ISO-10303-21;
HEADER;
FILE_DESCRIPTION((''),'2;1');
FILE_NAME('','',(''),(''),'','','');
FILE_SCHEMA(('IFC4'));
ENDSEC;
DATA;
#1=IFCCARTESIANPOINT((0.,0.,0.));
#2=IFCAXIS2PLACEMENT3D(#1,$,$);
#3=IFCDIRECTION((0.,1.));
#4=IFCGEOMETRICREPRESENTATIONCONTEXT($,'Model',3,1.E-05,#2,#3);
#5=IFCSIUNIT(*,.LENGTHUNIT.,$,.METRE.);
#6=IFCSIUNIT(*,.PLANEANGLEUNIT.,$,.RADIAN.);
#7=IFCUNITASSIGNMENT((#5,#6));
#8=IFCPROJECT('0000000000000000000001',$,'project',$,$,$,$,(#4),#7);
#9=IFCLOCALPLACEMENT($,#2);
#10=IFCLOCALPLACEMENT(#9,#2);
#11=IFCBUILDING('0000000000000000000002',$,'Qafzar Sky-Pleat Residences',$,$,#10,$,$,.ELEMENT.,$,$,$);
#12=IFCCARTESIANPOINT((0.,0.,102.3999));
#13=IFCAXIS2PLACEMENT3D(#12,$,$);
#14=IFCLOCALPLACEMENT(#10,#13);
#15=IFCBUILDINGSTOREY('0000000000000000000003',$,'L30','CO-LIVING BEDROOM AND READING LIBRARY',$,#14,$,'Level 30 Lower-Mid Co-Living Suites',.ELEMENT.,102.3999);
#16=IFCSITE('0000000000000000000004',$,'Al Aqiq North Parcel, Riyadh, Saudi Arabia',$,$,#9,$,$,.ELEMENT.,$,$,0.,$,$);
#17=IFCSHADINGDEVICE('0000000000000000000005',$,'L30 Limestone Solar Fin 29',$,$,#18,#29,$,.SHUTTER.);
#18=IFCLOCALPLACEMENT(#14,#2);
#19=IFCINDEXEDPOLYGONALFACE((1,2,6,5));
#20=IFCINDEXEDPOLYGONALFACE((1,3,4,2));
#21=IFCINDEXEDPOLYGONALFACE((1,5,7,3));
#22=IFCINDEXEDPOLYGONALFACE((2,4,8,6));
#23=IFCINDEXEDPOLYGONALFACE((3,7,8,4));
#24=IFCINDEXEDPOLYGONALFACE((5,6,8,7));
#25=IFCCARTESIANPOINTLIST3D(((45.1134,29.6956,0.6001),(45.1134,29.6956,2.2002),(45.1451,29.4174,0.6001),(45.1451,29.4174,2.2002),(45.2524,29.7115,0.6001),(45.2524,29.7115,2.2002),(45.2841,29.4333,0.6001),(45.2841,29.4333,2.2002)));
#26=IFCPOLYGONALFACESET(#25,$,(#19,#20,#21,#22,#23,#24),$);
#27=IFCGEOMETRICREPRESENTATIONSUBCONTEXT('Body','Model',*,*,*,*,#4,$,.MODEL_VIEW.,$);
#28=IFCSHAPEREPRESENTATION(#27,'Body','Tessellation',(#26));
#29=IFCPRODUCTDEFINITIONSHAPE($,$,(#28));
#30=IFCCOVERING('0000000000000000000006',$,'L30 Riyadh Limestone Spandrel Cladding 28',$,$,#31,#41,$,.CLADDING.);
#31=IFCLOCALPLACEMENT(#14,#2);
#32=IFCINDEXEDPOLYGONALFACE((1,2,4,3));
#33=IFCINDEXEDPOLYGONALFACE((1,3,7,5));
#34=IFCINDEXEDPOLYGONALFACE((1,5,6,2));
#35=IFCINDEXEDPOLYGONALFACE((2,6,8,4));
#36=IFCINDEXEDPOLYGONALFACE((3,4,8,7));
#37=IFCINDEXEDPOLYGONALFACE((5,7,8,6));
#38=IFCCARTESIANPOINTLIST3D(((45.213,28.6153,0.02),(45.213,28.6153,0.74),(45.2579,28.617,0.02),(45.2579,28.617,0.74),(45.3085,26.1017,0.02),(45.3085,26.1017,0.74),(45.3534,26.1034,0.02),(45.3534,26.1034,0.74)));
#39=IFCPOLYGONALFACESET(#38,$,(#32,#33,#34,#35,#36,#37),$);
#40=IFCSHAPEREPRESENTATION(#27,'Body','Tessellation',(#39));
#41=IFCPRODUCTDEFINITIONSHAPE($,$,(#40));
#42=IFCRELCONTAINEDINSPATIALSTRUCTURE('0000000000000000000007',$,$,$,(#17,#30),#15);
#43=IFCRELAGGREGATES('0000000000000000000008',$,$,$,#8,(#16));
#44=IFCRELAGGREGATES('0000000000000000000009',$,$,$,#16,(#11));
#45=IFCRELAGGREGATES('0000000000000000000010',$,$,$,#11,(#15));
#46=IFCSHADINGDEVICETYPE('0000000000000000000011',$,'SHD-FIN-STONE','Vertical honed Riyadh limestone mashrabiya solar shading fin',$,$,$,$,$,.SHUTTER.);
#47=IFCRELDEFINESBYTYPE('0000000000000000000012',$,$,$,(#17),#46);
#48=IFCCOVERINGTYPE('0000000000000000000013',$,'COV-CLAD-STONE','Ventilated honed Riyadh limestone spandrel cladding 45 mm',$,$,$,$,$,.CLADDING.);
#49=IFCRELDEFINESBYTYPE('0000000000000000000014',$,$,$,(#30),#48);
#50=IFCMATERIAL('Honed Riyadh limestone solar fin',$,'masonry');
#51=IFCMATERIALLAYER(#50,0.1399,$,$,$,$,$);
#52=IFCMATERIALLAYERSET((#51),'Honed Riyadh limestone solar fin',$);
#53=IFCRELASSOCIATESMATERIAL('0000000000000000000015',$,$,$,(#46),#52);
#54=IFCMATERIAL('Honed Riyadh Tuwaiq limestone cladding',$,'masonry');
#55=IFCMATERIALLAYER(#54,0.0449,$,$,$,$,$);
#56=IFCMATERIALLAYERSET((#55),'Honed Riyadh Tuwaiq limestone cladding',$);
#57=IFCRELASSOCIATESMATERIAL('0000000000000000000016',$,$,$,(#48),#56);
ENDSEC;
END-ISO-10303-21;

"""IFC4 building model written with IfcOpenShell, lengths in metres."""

from ifc_helpers import new_model, si_unit, direction, frame, origin, origin_2d, place, context, subcontext, project, spatial, rectangle, extrude, source, transform, mapped, material, layer, layer_set, type_object, element, save


model = new_model("IFC4")

# Units and contexts
model_context = context("Model", 3, precision=1e-05, world=origin(), true_north=direction((0.0, 1.0)))
body_context = subcontext(model_context, "Body", "Model", "MODEL_VIEW")
ifc_project = project(units=[si_unit("LENGTHUNIT", "METRE"), si_unit("PLANEANGLEUNIT", "RADIAN")], contexts=[model_context])

# Site, building, storey
site_placement = place(None, origin())
site = spatial("IfcSite", under=ifc_project, at=site_placement, Name="Al Aqiq North Parcel, Riyadh, Saudi Arabia", CompositionType="ELEMENT", RefElevation=0.0)
building_placement = place(site_placement, origin())
building = spatial("IfcBuilding", under=site, at=building_placement, Name="Qafzar Sky-Pleat Residences", CompositionType="ELEMENT")
storey_placement = place(building_placement, frame((0.0, 0.0, 102.3999)))
storey = spatial("IfcBuildingStorey", under=building, at=storey_placement, Name="L30", Description="CO-LIVING BEDROOM AND READING LIBRARY", LongName="Level 30 Lower-Mid Co-Living Suites", CompositionType="ELEMENT", Elevation=102.3999)

# Shading device
ifc_material_1 = material(Name="Honed Riyadh limestone solar fin", Category="masonry")
ifc_layer_1 = layer(ifc_material_1, 0.1399)
ifc_layer_set_1 = layer_set([ifc_layer_1], Name="Honed Riyadh limestone solar fin")
shading_device_type = type_object("IfcShadingDeviceType", Name="SHD-FIN-STONE", Description="Vertical honed Riyadh limestone mashrabiya solar shading fin", PredefinedType="SHUTTER", material=ifc_layer_set_1)
shared_shape_1 = source(origin(), body_context, "Body", "SweptSolid", [
    extrude(rectangle(XDim=0.1399, YDim=0.28, at=origin_2d()), origin(), (0.0, 0.0, 1.0), 1.6001),
])
shading_device_placement = place(storey_placement, frame((45.1987, 29.5645, 0.6001), z_axis=(0.0, 0.0, 1.0), x_axis=(0.993566, 0.113252, 0.0)))
element("IfcShadingDevice", 1, at=shading_device_placement, inside=storey, type_object=shading_device_type, Name="L30 Limestone Solar Fin 29", PredefinedType="SHUTTER", context=body_context, shape_type="MappedRepresentation", body=[
    mapped(shared_shape_1, transform((0.0, 0.0, 0.0), x_axis=(1.0, 0.0, 0.0), y_axis=(0.0, 1.0, 0.0), z_axis=(0.0, 0.0, 1.0), scale=1.0)),
])

# Covering
ifc_material_2 = material(Name="Honed Riyadh Tuwaiq limestone cladding", Category="masonry")
ifc_layer_2 = layer(ifc_material_2, 0.0449)
ifc_layer_set_2 = layer_set([ifc_layer_2], Name="Honed Riyadh Tuwaiq limestone cladding")
covering_type = type_object("IfcCoveringType", Name="COV-CLAD-STONE", Description="Ventilated honed Riyadh limestone spandrel cladding 45 mm", PredefinedType="CLADDING", material=ifc_layer_set_2)
shared_shape_2 = source(origin(), body_context, "Body", "SweptSolid", [
    extrude(rectangle(XDim=2.5154, YDim=0.0449, at=origin_2d()), origin(), (0.0, 0.0, 1.0), 0.72),
])
covering_placement = place(storey_placement, frame((45.2832, 27.3594, 0.02), z_axis=(0.0, 0.0, 1.0), x_axis=(-0.037963, 0.999279, 0.0)))
element("IfcCovering", 2, at=covering_placement, inside=storey, type_object=covering_type, Name="L30 Riyadh Limestone Spandrel Cladding 28", PredefinedType="CLADDING", context=body_context, shape_type="MappedRepresentation", body=[
    mapped(shared_shape_2, transform((0.0, 0.0, 0.0), x_axis=(1.0, 0.0, 0.0), y_axis=(0.0, 1.0, 0.0), z_axis=(0.0, 0.0, 1.0), scale=1.0)),
])

save(model, "model.ifc")
